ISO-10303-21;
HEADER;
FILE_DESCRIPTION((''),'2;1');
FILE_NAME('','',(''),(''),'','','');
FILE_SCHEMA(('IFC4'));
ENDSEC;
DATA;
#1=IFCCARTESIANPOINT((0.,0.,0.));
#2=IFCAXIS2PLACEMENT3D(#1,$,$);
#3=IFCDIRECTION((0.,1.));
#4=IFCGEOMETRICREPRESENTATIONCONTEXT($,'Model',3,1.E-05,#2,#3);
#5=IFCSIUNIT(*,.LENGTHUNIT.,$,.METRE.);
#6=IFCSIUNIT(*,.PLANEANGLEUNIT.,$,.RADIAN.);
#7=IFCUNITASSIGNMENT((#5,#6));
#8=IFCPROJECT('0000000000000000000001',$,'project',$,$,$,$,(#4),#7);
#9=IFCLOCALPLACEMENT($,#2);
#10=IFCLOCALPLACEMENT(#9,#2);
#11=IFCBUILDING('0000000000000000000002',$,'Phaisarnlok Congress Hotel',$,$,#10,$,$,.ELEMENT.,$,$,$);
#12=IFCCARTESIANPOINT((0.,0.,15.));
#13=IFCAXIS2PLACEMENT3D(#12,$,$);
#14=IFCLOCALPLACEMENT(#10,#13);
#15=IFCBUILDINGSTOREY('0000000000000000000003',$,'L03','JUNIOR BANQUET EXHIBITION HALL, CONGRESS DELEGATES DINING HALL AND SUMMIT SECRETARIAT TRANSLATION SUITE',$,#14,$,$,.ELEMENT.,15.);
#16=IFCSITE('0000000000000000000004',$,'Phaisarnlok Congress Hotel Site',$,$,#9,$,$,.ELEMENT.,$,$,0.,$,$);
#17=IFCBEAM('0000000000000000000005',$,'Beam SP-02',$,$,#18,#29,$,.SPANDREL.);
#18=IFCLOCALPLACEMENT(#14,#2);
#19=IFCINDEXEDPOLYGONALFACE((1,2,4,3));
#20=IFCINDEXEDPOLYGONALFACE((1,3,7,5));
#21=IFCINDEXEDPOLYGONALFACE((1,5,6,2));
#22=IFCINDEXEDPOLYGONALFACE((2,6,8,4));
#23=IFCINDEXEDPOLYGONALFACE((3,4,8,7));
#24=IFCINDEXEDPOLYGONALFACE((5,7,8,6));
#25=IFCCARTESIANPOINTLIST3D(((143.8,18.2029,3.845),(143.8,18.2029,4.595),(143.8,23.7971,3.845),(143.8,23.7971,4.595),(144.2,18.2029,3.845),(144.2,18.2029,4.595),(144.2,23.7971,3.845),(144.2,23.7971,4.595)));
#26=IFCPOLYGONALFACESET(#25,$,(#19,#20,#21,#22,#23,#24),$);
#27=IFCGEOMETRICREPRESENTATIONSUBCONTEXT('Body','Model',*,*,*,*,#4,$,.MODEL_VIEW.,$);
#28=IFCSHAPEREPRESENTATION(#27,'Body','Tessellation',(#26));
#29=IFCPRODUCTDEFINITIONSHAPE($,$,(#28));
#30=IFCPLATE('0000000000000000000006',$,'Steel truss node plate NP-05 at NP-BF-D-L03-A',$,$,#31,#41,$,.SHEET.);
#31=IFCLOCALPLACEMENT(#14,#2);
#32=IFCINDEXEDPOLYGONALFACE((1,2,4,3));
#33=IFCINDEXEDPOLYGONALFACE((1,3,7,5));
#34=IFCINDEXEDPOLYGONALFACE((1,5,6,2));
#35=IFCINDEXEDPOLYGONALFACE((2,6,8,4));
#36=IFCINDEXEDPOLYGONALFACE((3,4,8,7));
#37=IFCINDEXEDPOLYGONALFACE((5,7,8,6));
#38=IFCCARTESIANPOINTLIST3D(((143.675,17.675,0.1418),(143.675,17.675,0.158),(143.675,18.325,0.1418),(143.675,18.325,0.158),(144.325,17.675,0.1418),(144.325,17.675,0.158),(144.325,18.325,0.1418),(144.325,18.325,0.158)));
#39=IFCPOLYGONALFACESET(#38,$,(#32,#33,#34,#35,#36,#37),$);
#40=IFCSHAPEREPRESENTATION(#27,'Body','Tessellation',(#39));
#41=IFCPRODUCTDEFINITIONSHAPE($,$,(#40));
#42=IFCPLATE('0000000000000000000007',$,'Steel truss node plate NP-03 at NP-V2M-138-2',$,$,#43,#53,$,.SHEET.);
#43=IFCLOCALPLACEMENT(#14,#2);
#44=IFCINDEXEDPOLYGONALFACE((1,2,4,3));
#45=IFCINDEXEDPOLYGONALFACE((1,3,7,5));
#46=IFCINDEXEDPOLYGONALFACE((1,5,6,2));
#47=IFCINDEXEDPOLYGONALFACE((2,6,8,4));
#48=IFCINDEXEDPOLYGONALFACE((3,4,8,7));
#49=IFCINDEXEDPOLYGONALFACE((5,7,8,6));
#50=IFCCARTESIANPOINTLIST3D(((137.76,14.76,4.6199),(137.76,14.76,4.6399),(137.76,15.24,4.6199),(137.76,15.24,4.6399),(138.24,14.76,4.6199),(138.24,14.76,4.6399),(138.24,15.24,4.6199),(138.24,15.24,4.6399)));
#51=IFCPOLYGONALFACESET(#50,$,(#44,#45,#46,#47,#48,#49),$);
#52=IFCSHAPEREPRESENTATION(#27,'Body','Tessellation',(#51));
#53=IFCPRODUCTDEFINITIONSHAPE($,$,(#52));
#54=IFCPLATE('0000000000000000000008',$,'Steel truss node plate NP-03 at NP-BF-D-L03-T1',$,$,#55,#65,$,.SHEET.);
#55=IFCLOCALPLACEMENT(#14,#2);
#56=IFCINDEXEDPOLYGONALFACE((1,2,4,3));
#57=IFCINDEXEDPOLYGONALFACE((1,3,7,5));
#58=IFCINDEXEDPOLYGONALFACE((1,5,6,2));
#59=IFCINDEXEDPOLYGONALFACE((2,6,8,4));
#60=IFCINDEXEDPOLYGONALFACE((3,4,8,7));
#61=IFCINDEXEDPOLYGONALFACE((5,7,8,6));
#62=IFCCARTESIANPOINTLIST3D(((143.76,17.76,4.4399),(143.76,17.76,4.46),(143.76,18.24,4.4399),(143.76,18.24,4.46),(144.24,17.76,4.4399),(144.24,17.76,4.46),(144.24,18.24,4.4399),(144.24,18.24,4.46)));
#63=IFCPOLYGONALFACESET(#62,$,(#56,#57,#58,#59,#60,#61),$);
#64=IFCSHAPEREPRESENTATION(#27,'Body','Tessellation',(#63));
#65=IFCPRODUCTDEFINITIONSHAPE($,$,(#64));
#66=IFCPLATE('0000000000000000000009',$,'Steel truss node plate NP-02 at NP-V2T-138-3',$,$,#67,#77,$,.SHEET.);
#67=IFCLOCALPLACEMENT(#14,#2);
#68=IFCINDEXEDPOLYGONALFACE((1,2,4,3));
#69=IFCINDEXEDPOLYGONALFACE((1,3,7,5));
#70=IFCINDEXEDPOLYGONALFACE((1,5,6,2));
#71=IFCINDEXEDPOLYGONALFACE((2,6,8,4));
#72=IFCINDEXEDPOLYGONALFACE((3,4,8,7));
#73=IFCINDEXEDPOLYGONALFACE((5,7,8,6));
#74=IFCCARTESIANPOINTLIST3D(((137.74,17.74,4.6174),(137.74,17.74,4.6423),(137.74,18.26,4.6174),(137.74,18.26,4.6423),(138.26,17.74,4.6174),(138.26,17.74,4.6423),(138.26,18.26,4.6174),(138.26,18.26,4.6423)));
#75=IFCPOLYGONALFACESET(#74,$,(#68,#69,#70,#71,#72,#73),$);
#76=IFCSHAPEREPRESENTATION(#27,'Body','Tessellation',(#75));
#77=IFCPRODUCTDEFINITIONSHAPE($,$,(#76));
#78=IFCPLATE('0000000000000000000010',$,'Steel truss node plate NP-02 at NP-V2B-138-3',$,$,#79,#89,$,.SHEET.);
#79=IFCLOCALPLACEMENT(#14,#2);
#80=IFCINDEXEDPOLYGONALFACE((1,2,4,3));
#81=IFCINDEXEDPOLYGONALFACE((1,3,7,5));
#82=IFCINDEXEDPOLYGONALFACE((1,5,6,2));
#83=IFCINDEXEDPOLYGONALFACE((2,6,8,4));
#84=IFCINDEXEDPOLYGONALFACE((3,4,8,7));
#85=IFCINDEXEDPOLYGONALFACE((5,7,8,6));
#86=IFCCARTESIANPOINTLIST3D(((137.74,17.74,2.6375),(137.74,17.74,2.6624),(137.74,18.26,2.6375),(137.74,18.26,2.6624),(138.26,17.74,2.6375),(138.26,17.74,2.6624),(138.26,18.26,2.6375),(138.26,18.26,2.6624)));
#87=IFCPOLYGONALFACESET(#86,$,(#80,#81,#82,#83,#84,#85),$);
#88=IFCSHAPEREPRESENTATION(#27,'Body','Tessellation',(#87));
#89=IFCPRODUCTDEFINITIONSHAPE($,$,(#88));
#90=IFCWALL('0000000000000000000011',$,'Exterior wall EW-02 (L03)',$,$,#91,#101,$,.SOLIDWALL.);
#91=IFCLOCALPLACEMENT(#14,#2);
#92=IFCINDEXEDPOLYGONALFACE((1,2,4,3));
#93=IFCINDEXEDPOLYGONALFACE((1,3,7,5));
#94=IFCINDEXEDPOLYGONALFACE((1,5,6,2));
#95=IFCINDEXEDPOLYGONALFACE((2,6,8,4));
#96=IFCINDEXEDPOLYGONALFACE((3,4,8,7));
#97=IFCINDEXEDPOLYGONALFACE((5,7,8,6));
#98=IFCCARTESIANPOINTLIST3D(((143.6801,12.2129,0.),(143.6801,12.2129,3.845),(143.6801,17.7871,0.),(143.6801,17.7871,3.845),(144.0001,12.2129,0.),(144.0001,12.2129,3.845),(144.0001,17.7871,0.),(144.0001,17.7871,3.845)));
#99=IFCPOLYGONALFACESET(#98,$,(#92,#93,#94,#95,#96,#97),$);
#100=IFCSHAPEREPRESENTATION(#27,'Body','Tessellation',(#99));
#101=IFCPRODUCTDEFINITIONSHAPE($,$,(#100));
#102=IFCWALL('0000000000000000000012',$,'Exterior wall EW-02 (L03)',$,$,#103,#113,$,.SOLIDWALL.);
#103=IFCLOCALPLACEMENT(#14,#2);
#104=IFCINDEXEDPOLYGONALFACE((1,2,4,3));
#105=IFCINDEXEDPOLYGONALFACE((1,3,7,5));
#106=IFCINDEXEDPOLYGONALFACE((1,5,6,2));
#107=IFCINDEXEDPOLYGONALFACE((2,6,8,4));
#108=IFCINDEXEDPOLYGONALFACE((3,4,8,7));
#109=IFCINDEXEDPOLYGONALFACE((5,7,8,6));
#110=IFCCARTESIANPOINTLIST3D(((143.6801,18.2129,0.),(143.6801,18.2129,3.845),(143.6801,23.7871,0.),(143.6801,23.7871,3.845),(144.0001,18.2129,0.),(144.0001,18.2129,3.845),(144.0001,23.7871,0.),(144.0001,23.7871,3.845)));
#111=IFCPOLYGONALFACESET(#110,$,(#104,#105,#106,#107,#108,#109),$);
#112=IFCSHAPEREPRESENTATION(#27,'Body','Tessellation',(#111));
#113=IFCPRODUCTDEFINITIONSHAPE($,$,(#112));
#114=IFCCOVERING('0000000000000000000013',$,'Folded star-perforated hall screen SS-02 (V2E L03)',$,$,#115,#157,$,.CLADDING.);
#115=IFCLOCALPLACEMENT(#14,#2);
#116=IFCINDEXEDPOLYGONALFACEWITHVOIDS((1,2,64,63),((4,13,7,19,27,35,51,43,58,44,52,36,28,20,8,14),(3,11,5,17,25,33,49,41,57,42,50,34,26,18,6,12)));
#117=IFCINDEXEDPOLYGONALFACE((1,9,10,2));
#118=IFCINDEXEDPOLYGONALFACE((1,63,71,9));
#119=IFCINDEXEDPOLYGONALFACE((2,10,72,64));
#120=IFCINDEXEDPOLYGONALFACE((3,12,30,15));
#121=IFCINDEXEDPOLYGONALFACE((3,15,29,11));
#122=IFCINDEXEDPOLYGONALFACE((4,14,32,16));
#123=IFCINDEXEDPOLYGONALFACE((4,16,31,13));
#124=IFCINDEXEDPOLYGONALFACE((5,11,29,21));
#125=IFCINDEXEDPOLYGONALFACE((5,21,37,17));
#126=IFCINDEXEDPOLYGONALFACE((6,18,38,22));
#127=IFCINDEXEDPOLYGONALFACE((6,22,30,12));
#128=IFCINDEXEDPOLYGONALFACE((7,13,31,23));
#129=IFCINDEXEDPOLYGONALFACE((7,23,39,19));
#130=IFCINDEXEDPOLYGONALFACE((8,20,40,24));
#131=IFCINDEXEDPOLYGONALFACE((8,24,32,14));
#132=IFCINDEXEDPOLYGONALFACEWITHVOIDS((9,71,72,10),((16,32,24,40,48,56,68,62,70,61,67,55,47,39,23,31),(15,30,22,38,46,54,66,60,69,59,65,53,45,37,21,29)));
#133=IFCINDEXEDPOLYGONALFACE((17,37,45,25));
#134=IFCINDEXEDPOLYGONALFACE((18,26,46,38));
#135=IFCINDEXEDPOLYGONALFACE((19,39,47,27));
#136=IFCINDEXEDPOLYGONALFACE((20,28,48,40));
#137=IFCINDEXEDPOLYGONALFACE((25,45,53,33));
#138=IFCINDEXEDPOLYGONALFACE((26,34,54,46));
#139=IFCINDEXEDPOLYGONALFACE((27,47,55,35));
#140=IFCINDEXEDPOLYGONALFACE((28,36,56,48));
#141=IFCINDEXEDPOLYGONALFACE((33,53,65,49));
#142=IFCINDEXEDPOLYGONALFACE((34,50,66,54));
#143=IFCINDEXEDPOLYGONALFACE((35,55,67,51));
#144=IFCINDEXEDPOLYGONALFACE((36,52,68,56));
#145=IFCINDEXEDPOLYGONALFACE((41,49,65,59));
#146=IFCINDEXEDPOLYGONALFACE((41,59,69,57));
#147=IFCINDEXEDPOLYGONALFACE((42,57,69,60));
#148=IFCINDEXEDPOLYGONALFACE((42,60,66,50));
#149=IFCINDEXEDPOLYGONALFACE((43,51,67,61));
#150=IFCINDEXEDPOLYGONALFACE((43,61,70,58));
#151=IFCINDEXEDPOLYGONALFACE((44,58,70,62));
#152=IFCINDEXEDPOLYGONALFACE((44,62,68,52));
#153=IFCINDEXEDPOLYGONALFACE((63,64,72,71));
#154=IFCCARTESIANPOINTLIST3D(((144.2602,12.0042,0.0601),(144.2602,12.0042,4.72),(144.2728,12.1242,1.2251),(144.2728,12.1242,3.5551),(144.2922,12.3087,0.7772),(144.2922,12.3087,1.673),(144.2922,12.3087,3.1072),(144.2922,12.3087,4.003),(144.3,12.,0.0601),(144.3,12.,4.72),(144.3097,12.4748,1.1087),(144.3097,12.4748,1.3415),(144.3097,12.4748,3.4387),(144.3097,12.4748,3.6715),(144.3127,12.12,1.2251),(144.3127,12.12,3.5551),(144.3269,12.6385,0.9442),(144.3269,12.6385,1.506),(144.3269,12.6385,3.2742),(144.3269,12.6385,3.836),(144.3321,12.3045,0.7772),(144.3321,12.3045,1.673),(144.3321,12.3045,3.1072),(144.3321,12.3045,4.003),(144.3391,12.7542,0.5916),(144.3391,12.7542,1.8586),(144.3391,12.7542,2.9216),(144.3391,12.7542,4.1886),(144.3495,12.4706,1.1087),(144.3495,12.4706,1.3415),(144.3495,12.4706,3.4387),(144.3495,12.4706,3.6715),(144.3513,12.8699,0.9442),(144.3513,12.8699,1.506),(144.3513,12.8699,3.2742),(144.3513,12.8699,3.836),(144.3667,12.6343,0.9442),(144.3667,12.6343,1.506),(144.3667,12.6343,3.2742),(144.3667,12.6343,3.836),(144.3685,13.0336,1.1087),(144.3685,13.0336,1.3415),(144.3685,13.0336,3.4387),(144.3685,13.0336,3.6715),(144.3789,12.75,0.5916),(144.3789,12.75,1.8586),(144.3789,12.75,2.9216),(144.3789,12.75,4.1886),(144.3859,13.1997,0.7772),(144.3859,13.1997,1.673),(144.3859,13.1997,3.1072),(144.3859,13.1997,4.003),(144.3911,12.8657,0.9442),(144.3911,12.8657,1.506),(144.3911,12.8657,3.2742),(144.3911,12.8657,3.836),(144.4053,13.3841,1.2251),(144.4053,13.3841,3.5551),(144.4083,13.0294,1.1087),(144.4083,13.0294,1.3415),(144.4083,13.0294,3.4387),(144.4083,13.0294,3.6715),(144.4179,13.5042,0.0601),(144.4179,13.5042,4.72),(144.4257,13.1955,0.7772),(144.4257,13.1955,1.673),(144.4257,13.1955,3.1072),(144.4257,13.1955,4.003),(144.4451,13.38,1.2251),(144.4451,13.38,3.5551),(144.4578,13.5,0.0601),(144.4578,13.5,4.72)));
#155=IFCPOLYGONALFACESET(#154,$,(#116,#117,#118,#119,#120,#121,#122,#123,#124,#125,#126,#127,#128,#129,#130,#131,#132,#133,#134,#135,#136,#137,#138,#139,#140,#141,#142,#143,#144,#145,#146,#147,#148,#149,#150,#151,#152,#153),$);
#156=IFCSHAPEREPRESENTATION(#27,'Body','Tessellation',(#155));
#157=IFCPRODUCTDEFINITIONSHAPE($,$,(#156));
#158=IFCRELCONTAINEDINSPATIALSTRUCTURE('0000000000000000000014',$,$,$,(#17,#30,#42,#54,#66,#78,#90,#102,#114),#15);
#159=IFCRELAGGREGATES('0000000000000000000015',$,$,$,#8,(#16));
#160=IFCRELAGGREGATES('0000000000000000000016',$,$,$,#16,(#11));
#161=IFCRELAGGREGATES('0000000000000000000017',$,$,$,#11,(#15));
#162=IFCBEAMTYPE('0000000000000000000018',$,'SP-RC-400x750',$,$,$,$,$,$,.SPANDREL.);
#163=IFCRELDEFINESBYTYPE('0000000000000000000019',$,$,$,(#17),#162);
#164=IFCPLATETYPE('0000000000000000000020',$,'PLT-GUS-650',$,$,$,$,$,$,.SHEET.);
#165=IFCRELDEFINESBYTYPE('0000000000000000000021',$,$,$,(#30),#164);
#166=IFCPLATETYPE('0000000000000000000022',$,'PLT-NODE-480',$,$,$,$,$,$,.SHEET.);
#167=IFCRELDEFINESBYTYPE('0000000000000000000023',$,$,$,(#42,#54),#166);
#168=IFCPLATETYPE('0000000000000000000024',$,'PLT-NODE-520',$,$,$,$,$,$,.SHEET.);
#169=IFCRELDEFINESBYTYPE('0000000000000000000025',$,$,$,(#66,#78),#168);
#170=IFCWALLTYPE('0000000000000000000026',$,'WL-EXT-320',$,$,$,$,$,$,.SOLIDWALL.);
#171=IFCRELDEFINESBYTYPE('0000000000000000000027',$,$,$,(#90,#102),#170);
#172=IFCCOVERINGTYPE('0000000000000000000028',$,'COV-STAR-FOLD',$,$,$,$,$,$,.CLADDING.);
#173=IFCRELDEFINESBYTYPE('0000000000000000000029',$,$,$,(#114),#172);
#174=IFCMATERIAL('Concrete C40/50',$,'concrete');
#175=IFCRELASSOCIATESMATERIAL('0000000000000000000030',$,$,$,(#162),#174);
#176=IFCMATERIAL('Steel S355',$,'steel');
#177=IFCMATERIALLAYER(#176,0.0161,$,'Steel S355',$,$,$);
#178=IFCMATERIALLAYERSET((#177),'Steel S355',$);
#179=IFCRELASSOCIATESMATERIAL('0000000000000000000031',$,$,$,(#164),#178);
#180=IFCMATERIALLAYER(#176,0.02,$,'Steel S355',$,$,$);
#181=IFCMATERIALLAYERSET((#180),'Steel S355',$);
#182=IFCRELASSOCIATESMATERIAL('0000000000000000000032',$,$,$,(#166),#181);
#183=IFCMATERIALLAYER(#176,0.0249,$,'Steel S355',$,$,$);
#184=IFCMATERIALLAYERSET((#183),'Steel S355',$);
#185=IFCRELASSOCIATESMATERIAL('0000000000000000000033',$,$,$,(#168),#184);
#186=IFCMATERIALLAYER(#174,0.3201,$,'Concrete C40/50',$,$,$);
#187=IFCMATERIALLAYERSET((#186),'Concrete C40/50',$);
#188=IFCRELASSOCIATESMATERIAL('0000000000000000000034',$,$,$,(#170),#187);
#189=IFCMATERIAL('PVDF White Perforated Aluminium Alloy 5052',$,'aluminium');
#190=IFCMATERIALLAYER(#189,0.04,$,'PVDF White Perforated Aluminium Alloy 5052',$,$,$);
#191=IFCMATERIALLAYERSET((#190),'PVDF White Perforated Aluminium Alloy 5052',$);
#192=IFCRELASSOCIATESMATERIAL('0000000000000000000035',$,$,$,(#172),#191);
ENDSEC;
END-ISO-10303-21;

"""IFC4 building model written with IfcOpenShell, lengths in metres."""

from ifc_helpers import new_model, si_unit, direction, frame, frame_2d, origin, origin_2d, place, context, subcontext, project, spatial, polyline, rectangle, outline, extrude, material, layer, layer_set, material_profile, profile_set, type_object, element, save


model = new_model("IFC4")

# Units and contexts
model_context = context("Model", 3, precision=1e-05, world=origin(), true_north=direction((0.0, 1.0)))
body_context = subcontext(model_context, "Body", "Model", "MODEL_VIEW")
ifc_project = project(units=[si_unit("LENGTHUNIT", "METRE"), si_unit("PLANEANGLEUNIT", "RADIAN")], contexts=[model_context])

# Site, building, storey
site_placement = place(None, origin())
site = spatial("IfcSite", under=ifc_project, at=site_placement, Name="Phaisarnlok Congress Hotel Site", CompositionType="ELEMENT", RefElevation=0.0)
building_placement = place(site_placement, origin())
building = spatial("IfcBuilding", under=site, at=building_placement, Name="Phaisarnlok Congress Hotel", CompositionType="ELEMENT")
storey_placement = place(building_placement, frame((0.0, 0.0, 15.0)))
storey = spatial("IfcBuildingStorey", under=building, at=storey_placement, Name="L03", Description="JUNIOR BANQUET EXHIBITION HALL, CONGRESS DELEGATES DINING HALL AND SUMMIT SECRETARIAT TRANSLATION SUITE", CompositionType="ELEMENT", Elevation=15.0)

# Shared definitions
ifc_material_1 = material(Name="Steel S355", Category="steel")

# Beam
ifc_material_2 = material(Name="Concrete C40/50", Category="concrete")
ifc_material_profile_1 = material_profile(ifc_material_2, rectangle(XDim=0.3999, YDim=0.75, at=origin_2d()), Name="RC 400x750")
ifc_profile_set_1 = profile_set([ifc_material_profile_1], Name="Concrete C40/50")
beam_type = type_object("IfcBeamType", Name="SP-RC-400x750", PredefinedType="SPANDREL", material=ifc_profile_set_1)
for number, where, z_axis, x_axis, name in (
    (1, (144.0, 18.2029, 4.22), (0.0, 1.0, 0.0), (-1.0, 0.0, 0.0), "Beam SP-02"),
):
    element("IfcBeam", number, at=place(storey_placement, frame(where, z_axis=z_axis, x_axis=x_axis)), inside=storey, type_object=beam_type, Name=name, PredefinedType="SPANDREL", context=body_context, shape_type="SweptSolid", body=[
        extrude(rectangle(XDim=0.3999, YDim=0.75, at=origin_2d()), origin(), (0.0, 0.0, 1.0), 5.5942),
    ])

# Plates
ifc_layer_1 = layer(ifc_material_1, 0.0161, Name="Steel S355")
ifc_layer_set_1 = layer_set([ifc_layer_1], Name="Steel S355")
plate_type_1 = type_object("IfcPlateType", Name="PLT-GUS-650", PredefinedType="SHEET", material=ifc_layer_set_1)
plate_placement = place(storey_placement, frame((144.0, 18.0, 0.1418), z_axis=(0.0, 0.0, 1.0), x_axis=(1.0, 0.0, 0.0)))
element("IfcPlate", 2, at=plate_placement, inside=storey, type_object=plate_type_1, Name="Steel truss node plate NP-05 at NP-BF-D-L03-A", PredefinedType="SHEET", context=body_context, shape_type="SweptSolid", body=[
    extrude(rectangle(XDim=0.6499, YDim=0.6499, at=origin_2d()), origin(), (0.0, 0.0, 1.0), 0.0161),
])
ifc_layer_2 = layer(ifc_material_1, 0.02, Name="Steel S355")
ifc_layer_set_2 = layer_set([ifc_layer_2], Name="Steel S355")
plate_type_2 = type_object("IfcPlateType", Name="PLT-NODE-480", PredefinedType="SHEET", material=ifc_layer_set_2)
for number, where, z_axis, x_axis, name in (
    (3, (138.0, 15.0, 4.6199), (0.0, 0.0, 1.0), (1.0, 0.0, 0.0), "Steel truss node plate NP-03 at NP-V2M-138-2"),
    (4, (144.0, 18.0, 4.4399), (0.0, 0.0, 1.0), (1.0, 0.0, 0.0), "Steel truss node plate NP-03 at NP-BF-D-L03-T1"),
):
    element("IfcPlate", number, at=place(storey_placement, frame(where, z_axis=z_axis, x_axis=x_axis)), inside=storey, type_object=plate_type_2, Name=name, PredefinedType="SHEET", context=body_context, shape_type="SweptSolid", body=[
        extrude(rectangle(XDim=0.48, YDim=0.48, at=origin_2d()), origin(), (0.0, 0.0, 1.0), 0.02),
    ])
ifc_layer_3 = layer(ifc_material_1, 0.0249, Name="Steel S355")
ifc_layer_set_3 = layer_set([ifc_layer_3], Name="Steel S355")
plate_type_3 = type_object("IfcPlateType", Name="PLT-NODE-520", PredefinedType="SHEET", material=ifc_layer_set_3)
for number, where, z_axis, x_axis, name in (
    (5, (138.0, 18.0, 4.6174), (0.0, 0.0, 1.0), (1.0, 0.0, 0.0), "Steel truss node plate NP-02 at NP-V2T-138-3"),
    (6, (138.0, 18.0, 2.6375), (0.0, 0.0, 1.0), (1.0, 0.0, 0.0), "Steel truss node plate NP-02 at NP-V2B-138-3"),
):
    element("IfcPlate", number, at=place(storey_placement, frame(where, z_axis=z_axis, x_axis=x_axis)), inside=storey, type_object=plate_type_3, Name=name, PredefinedType="SHEET", context=body_context, shape_type="SweptSolid", body=[
        extrude(rectangle(XDim=0.52, YDim=0.52, at=origin_2d()), origin(), (0.0, 0.0, 1.0), 0.0249),
    ])

# Walls
ifc_layer_4 = layer(ifc_material_2, 0.3201, Name="Concrete C40/50")
ifc_layer_set_4 = layer_set([ifc_layer_4], Name="Concrete C40/50")
wall_type = type_object("IfcWallType", Name="WL-EXT-320", PredefinedType="SOLIDWALL", material=ifc_layer_set_4)
for number, where, z_axis, x_axis, name in (
    (7, (143.8401, 12.2129, 0.0), (0.0, 0.0, 1.0), (0.0, 1.0, 0.0), "Exterior wall EW-02 (L03)"),
    (8, (143.8401, 18.2129, 0.0), (0.0, 0.0, 1.0), (0.0, 1.0, 0.0), "Exterior wall EW-02 (L03)"),
):
    element("IfcWall", number, at=place(storey_placement, frame(where, z_axis=z_axis, x_axis=x_axis)), inside=storey, type_object=wall_type, Name=name, PredefinedType="SOLIDWALL", context=body_context, shape_type="SweptSolid", body=[
        extrude(rectangle(XDim=5.5742, YDim=0.3201, at=frame_2d((2.7871, 0.0))), origin(), (0.0, 0.0, 1.0), 3.845),
    ])

# Covering
ifc_material_3 = material(Name="PVDF White Perforated Aluminium Alloy 5052", Category="aluminium")
ifc_layer_5 = layer(ifc_material_3, 0.04, Name="PVDF White Perforated Aluminium Alloy 5052")
ifc_layer_set_5 = layer_set([ifc_layer_5], Name="PVDF White Perforated Aluminium Alloy 5052")
covering_type = type_object("IfcCoveringType", Name="COV-STAR-FOLD", PredefinedType="CLADDING", material=ifc_layer_set_5)
for number, where, z_axis, x_axis, name in (
    (9, (144.4578, 13.5, 0.0601), (-0.994518, 0.104567, 0.0), (-0.104567, -0.994518, 0.0), "Folded star-perforated hall screen SS-02 (V2E L03)"),
):
    element("IfcCovering", number, at=place(storey_placement, frame(where, z_axis=z_axis, x_axis=x_axis)), inside=storey, type_object=covering_type, Name=name, PredefinedType="CLADDING", context=body_context, shape_type="SweptSolid", body=[
        extrude(outline(polyline([(0.0, 0.0), (1.5083, 0.0), (1.5083, 4.6599), (0.0, 4.6599), (0.0, 0.0)]), holes=[polyline([(1.0351, 1.0486), (1.2021, 0.7171), (0.8705, 0.8841), (0.7541, 0.5315), (0.6378, 0.8841), (0.3062, 0.7171), (0.4732, 1.0486), (0.1207, 1.165), (0.4732, 1.2814), (0.3062, 1.6129), (0.6378, 1.4459), (0.7541, 1.7985), (0.8705, 1.4459), (1.2021, 1.6129), (1.0351, 1.2814), (1.3876, 1.165), (1.0351, 1.0486)]), polyline([(1.0351, 3.3786), (1.2021, 3.0471), (0.8705, 3.2141), (0.7541, 2.8615), (0.6378, 3.2141), (0.3062, 3.0471), (0.4732, 3.3786), (0.1207, 3.495), (0.4732, 3.6114), (0.3062, 3.9429), (0.6378, 3.7759), (0.7541, 4.1285), (0.8705, 3.7759), (1.2021, 3.9429), (1.0351, 3.6114), (1.3876, 3.495), (1.0351, 3.3786)])]), origin(), (0.0, 0.0, 1.0), 0.04),
    ])

save(model, "model.ifc")
